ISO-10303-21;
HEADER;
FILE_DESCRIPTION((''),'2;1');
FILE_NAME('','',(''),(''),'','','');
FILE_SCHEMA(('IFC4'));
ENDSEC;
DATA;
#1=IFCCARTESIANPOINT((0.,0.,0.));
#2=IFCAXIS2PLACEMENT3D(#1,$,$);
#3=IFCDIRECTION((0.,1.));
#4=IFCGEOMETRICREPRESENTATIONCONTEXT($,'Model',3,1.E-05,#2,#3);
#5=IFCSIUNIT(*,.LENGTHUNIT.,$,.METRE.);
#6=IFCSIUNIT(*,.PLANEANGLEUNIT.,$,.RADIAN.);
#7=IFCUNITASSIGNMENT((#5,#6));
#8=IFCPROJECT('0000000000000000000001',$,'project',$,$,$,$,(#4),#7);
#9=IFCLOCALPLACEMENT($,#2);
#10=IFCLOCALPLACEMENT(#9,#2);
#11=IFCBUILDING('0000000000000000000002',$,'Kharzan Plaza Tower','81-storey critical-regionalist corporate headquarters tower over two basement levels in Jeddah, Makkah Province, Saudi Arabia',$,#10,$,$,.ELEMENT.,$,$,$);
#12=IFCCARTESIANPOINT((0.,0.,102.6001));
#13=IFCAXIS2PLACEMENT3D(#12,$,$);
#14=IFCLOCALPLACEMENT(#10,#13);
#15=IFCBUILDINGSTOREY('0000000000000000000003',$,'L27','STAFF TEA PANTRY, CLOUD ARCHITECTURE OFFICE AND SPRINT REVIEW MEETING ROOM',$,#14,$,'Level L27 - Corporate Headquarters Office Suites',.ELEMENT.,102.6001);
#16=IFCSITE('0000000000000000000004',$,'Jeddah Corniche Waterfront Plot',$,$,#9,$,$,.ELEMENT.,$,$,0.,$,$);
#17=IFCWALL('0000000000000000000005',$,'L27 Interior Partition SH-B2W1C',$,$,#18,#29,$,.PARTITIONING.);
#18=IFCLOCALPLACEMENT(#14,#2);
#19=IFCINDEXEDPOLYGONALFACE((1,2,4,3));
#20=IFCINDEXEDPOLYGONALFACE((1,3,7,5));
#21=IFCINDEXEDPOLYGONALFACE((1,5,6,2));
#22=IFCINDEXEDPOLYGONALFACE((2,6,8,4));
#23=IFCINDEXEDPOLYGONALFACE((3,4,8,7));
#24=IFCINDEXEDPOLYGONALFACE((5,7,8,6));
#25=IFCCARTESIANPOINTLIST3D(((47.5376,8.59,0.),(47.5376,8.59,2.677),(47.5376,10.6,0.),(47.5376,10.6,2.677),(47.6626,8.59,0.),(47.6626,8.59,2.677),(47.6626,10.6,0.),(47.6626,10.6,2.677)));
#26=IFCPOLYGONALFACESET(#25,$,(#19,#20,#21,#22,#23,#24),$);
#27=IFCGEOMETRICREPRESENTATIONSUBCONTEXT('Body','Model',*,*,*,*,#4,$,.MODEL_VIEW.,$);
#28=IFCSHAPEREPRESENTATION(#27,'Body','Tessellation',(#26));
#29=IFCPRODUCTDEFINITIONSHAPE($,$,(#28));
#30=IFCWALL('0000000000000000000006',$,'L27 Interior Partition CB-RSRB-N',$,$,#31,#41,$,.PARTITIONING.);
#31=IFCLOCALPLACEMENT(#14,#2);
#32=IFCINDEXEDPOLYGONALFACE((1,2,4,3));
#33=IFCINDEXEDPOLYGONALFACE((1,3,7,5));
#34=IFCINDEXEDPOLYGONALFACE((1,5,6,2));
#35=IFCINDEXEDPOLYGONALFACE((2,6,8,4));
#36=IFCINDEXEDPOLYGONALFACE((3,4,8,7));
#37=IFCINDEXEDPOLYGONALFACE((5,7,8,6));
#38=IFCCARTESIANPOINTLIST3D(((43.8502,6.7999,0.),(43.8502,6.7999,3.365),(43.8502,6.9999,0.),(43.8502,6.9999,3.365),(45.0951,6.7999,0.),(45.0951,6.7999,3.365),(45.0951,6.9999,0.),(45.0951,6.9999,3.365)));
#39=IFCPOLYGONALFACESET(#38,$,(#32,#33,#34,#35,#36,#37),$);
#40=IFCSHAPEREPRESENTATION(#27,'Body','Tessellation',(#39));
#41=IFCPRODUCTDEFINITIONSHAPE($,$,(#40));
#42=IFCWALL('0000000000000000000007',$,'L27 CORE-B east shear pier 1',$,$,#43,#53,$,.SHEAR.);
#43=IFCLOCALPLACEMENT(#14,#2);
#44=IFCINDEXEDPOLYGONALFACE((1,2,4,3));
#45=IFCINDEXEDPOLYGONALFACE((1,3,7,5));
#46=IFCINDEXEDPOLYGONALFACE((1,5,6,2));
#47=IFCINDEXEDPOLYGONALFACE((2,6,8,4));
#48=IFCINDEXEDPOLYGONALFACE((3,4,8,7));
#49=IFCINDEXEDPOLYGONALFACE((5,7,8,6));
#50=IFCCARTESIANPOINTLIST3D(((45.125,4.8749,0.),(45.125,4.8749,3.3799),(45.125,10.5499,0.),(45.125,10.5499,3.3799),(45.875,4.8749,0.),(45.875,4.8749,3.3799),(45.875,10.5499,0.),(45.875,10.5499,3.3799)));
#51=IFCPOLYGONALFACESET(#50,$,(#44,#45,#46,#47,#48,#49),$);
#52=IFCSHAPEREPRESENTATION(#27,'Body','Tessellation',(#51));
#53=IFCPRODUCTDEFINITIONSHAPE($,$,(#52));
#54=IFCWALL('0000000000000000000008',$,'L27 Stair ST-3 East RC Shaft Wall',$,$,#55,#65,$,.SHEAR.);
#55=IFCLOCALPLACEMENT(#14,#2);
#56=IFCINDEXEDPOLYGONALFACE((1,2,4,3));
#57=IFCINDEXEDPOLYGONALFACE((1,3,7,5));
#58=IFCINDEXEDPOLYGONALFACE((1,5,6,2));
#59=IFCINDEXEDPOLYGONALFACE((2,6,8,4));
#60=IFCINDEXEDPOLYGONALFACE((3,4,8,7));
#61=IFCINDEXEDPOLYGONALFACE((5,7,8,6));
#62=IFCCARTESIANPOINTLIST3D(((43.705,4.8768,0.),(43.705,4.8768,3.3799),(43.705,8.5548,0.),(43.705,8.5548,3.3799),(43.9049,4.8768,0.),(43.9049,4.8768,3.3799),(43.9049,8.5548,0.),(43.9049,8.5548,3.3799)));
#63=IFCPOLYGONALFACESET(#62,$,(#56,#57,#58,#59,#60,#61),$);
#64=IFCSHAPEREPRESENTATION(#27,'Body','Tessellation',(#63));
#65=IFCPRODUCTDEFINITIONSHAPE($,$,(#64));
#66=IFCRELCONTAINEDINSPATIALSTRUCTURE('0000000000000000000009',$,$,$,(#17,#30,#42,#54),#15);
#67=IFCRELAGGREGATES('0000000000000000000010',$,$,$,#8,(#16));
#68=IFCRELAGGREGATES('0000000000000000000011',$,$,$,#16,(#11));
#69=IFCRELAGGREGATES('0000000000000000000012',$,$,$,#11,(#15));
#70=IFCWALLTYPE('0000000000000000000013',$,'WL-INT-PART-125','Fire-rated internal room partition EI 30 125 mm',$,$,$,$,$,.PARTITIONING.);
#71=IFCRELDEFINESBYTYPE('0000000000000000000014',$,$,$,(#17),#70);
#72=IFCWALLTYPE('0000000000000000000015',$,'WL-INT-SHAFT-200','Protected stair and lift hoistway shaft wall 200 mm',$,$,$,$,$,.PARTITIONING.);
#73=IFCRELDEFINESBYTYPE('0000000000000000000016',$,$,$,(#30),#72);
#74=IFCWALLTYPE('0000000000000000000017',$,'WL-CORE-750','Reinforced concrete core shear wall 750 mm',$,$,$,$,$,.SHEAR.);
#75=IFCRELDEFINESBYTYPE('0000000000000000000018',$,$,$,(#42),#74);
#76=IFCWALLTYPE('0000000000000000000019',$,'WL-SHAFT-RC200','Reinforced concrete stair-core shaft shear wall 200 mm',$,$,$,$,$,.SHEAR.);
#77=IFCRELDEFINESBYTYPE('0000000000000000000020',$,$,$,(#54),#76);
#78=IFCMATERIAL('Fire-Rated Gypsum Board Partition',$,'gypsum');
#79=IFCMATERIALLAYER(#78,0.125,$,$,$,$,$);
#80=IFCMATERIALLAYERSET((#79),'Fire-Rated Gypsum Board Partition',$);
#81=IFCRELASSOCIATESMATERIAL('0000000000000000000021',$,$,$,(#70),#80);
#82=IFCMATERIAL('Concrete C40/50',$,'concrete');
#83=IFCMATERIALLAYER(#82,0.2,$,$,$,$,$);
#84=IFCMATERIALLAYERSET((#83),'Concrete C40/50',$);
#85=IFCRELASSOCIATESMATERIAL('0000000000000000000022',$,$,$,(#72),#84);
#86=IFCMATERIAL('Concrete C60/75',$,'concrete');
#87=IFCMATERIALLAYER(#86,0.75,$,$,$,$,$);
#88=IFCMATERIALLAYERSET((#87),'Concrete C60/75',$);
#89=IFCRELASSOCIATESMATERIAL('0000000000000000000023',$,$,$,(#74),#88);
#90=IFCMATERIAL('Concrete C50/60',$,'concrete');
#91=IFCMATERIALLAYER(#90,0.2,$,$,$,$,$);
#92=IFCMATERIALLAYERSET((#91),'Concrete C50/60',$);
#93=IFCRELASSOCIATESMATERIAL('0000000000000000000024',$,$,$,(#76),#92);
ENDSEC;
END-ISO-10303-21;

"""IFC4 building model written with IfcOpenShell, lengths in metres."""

from ifc_helpers import new_model, si_unit, direction, frame, frame_2d, origin, place, context, subcontext, project, spatial, rectangle, extrude, source, transform, mapped, material, layer, layer_set, type_object, element, save


model = new_model("IFC4")

# Units and contexts
model_context = context("Model", 3, precision=1e-05, world=origin(), true_north=direction((0.0, 1.0)))
body_context = subcontext(model_context, "Body", "Model", "MODEL_VIEW")
ifc_project = project(units=[si_unit("LENGTHUNIT", "METRE"), si_unit("PLANEANGLEUNIT", "RADIAN")], contexts=[model_context])

# Site, building, storey
site_placement = place(None, origin())
site = spatial("IfcSite", under=ifc_project, at=site_placement, Name="Jeddah Corniche Waterfront Plot", CompositionType="ELEMENT", RefElevation=0.0)
building_placement = place(site_placement, origin())
building = spatial("IfcBuilding", under=site, at=building_placement, Name="Kharzan Plaza Tower", Description="81-storey critical-regionalist corporate headquarters tower over two basement levels in Jeddah, Makkah Province, Saudi Arabia", CompositionType="ELEMENT")
storey_placement = place(building_placement, frame((0.0, 0.0, 102.6001)))
storey = spatial("IfcBuildingStorey", under=building, at=storey_placement, Name="L27", Description="STAFF TEA PANTRY, CLOUD ARCHITECTURE OFFICE AND SPRINT REVIEW MEETING ROOM", LongName="Level L27 - Corporate Headquarters Office Suites", CompositionType="ELEMENT", Elevation=102.6001)

# Shared definitions
ifc_material_1 = material(Name="Concrete C50/60", Category="concrete")
ifc_material_2 = material(Name="Concrete C60/75", Category="concrete")

# Shared definitions
ifc_material_3 = material(Name="Fire-Rated Gypsum Board Partition", Category="gypsum")
ifc_layer_1 = layer(ifc_material_3, 0.125)
ifc_layer_set_1 = layer_set([ifc_layer_1], Name="Fire-Rated Gypsum Board Partition")
wall_type_1 = type_object("IfcWallType", Name="WL-INT-PART-125", Description="Fire-rated internal room partition EI 30 125 mm", PredefinedType="PARTITIONING", material=ifc_layer_set_1)

# Walls
ifc_material_4 = material(Name="Concrete C40/50", Category="concrete")
shared_shape_1 = source(origin(), body_context, "Body", "SweptSolid", [
    extrude(rectangle(XDim=2.01, YDim=0.125, at=frame_2d((1.0049, 0.0))), origin(), (0.0, 0.0, 1.0), 2.677),
])
wall_1_placement = place(storey_placement, frame((47.6001, 8.5901, 0.0), z_axis=(0.0, 0.0, 1.0), x_axis=(0.0, 1.0, 0.0)))
element("IfcWall", 1, at=wall_1_placement, inside=storey, type_object=wall_type_1, Name="L27 Interior Partition SH-B2W1C", PredefinedType="PARTITIONING", context=body_context, shape_type="MappedRepresentation", body=[
    mapped(shared_shape_1, transform((0.0, 0.0, 0.0), x_axis=(1.0, 0.0, 0.0), y_axis=(0.0, 1.0, 0.0), z_axis=(0.0, 0.0, 1.0))),
])
ifc_layer_2 = layer(ifc_material_4, 0.2)
ifc_layer_set_2 = layer_set([ifc_layer_2], Name="Concrete C40/50")
wall_type_2 = type_object("IfcWallType", Name="WL-INT-SHAFT-200", Description="Protected stair and lift hoistway shaft wall 200 mm", PredefinedType="PARTITIONING", material=ifc_layer_set_2)
shared_shape_2 = source(origin(), body_context, "Body", "SweptSolid", [
    extrude(rectangle(XDim=1.2449, YDim=0.2, at=frame_2d((0.6226, 0.0))), origin(), (0.0, 0.0, 1.0), 3.365),
])
wall_2_placement = place(storey_placement, frame((43.8501, 6.8999, 0.0), z_axis=(0.0, 0.0, 1.0), x_axis=(1.0, 0.0, 0.0)))
element("IfcWall", 2, at=wall_2_placement, inside=storey, type_object=wall_type_2, Name="L27 Interior Partition CB-RSRB-N", PredefinedType="PARTITIONING", context=body_context, shape_type="MappedRepresentation", body=[
    mapped(shared_shape_2, transform((0.0, 0.0, 0.0), x_axis=(1.0, 0.0, 0.0), y_axis=(0.0, 1.0, 0.0), z_axis=(0.0, 0.0, 1.0))),
])
ifc_layer_3 = layer(ifc_material_2, 0.75)
ifc_layer_set_3 = layer_set([ifc_layer_3], Name="Concrete C60/75")
wall_type_3 = type_object("IfcWallType", Name="WL-CORE-750", Description="Reinforced concrete core shear wall 750 mm", PredefinedType="SHEAR", material=ifc_layer_set_3)
shared_shape_3 = source(origin(), body_context, "Body", "SweptSolid", [
    extrude(rectangle(XDim=5.675, YDim=0.75, at=frame_2d((2.8374, 0.0))), origin(), (0.0, 0.0, 1.0), 3.3799),
])
wall_3_placement = place(storey_placement, frame((45.5, 4.875, 0.0), z_axis=(0.0, 0.0, 1.0), x_axis=(0.0, 1.0, 0.0)))
element("IfcWall", 3, at=wall_3_placement, inside=storey, type_object=wall_type_3, Name="L27 CORE-B east shear pier 1", PredefinedType="SHEAR", context=body_context, shape_type="MappedRepresentation", body=[
    mapped(shared_shape_3, transform((0.0, 0.0, 0.0), x_axis=(1.0, 0.0, 0.0), y_axis=(0.0, 1.0, 0.0), z_axis=(0.0, 0.0, 1.0))),
])
ifc_layer_4 = layer(ifc_material_1, 0.2)
ifc_layer_set_4 = layer_set([ifc_layer_4], Name="Concrete C50/60")
wall_type_4 = type_object("IfcWallType", Name="WL-SHAFT-RC200", Description="Reinforced concrete stair-core shaft shear wall 200 mm", PredefinedType="SHEAR", material=ifc_layer_set_4)
shared_shape_4 = source(origin(), body_context, "Body", "SweptSolid", [
    extrude(rectangle(XDim=3.678, YDim=0.2, at=frame_2d((1.8389, 0.0))), origin(), (0.0, 0.0, 1.0), 3.3799),
])
wall_4_placement = place(storey_placement, frame((43.8049, 4.877, 0.0), z_axis=(0.0, 0.0, 1.0), x_axis=(0.0, 1.0, 0.0)))
element("IfcWall", 4, at=wall_4_placement, inside=storey, type_object=wall_type_4, Name="L27 Stair ST-3 East RC Shaft Wall", PredefinedType="SHEAR", context=body_context, shape_type="MappedRepresentation", body=[
    mapped(shared_shape_4, transform((0.0, 0.0, 0.0), x_axis=(1.0, 0.0, 0.0), y_axis=(0.0, 1.0, 0.0), z_axis=(0.0, 0.0, 1.0))),
])

save(model, "model.ifc")
